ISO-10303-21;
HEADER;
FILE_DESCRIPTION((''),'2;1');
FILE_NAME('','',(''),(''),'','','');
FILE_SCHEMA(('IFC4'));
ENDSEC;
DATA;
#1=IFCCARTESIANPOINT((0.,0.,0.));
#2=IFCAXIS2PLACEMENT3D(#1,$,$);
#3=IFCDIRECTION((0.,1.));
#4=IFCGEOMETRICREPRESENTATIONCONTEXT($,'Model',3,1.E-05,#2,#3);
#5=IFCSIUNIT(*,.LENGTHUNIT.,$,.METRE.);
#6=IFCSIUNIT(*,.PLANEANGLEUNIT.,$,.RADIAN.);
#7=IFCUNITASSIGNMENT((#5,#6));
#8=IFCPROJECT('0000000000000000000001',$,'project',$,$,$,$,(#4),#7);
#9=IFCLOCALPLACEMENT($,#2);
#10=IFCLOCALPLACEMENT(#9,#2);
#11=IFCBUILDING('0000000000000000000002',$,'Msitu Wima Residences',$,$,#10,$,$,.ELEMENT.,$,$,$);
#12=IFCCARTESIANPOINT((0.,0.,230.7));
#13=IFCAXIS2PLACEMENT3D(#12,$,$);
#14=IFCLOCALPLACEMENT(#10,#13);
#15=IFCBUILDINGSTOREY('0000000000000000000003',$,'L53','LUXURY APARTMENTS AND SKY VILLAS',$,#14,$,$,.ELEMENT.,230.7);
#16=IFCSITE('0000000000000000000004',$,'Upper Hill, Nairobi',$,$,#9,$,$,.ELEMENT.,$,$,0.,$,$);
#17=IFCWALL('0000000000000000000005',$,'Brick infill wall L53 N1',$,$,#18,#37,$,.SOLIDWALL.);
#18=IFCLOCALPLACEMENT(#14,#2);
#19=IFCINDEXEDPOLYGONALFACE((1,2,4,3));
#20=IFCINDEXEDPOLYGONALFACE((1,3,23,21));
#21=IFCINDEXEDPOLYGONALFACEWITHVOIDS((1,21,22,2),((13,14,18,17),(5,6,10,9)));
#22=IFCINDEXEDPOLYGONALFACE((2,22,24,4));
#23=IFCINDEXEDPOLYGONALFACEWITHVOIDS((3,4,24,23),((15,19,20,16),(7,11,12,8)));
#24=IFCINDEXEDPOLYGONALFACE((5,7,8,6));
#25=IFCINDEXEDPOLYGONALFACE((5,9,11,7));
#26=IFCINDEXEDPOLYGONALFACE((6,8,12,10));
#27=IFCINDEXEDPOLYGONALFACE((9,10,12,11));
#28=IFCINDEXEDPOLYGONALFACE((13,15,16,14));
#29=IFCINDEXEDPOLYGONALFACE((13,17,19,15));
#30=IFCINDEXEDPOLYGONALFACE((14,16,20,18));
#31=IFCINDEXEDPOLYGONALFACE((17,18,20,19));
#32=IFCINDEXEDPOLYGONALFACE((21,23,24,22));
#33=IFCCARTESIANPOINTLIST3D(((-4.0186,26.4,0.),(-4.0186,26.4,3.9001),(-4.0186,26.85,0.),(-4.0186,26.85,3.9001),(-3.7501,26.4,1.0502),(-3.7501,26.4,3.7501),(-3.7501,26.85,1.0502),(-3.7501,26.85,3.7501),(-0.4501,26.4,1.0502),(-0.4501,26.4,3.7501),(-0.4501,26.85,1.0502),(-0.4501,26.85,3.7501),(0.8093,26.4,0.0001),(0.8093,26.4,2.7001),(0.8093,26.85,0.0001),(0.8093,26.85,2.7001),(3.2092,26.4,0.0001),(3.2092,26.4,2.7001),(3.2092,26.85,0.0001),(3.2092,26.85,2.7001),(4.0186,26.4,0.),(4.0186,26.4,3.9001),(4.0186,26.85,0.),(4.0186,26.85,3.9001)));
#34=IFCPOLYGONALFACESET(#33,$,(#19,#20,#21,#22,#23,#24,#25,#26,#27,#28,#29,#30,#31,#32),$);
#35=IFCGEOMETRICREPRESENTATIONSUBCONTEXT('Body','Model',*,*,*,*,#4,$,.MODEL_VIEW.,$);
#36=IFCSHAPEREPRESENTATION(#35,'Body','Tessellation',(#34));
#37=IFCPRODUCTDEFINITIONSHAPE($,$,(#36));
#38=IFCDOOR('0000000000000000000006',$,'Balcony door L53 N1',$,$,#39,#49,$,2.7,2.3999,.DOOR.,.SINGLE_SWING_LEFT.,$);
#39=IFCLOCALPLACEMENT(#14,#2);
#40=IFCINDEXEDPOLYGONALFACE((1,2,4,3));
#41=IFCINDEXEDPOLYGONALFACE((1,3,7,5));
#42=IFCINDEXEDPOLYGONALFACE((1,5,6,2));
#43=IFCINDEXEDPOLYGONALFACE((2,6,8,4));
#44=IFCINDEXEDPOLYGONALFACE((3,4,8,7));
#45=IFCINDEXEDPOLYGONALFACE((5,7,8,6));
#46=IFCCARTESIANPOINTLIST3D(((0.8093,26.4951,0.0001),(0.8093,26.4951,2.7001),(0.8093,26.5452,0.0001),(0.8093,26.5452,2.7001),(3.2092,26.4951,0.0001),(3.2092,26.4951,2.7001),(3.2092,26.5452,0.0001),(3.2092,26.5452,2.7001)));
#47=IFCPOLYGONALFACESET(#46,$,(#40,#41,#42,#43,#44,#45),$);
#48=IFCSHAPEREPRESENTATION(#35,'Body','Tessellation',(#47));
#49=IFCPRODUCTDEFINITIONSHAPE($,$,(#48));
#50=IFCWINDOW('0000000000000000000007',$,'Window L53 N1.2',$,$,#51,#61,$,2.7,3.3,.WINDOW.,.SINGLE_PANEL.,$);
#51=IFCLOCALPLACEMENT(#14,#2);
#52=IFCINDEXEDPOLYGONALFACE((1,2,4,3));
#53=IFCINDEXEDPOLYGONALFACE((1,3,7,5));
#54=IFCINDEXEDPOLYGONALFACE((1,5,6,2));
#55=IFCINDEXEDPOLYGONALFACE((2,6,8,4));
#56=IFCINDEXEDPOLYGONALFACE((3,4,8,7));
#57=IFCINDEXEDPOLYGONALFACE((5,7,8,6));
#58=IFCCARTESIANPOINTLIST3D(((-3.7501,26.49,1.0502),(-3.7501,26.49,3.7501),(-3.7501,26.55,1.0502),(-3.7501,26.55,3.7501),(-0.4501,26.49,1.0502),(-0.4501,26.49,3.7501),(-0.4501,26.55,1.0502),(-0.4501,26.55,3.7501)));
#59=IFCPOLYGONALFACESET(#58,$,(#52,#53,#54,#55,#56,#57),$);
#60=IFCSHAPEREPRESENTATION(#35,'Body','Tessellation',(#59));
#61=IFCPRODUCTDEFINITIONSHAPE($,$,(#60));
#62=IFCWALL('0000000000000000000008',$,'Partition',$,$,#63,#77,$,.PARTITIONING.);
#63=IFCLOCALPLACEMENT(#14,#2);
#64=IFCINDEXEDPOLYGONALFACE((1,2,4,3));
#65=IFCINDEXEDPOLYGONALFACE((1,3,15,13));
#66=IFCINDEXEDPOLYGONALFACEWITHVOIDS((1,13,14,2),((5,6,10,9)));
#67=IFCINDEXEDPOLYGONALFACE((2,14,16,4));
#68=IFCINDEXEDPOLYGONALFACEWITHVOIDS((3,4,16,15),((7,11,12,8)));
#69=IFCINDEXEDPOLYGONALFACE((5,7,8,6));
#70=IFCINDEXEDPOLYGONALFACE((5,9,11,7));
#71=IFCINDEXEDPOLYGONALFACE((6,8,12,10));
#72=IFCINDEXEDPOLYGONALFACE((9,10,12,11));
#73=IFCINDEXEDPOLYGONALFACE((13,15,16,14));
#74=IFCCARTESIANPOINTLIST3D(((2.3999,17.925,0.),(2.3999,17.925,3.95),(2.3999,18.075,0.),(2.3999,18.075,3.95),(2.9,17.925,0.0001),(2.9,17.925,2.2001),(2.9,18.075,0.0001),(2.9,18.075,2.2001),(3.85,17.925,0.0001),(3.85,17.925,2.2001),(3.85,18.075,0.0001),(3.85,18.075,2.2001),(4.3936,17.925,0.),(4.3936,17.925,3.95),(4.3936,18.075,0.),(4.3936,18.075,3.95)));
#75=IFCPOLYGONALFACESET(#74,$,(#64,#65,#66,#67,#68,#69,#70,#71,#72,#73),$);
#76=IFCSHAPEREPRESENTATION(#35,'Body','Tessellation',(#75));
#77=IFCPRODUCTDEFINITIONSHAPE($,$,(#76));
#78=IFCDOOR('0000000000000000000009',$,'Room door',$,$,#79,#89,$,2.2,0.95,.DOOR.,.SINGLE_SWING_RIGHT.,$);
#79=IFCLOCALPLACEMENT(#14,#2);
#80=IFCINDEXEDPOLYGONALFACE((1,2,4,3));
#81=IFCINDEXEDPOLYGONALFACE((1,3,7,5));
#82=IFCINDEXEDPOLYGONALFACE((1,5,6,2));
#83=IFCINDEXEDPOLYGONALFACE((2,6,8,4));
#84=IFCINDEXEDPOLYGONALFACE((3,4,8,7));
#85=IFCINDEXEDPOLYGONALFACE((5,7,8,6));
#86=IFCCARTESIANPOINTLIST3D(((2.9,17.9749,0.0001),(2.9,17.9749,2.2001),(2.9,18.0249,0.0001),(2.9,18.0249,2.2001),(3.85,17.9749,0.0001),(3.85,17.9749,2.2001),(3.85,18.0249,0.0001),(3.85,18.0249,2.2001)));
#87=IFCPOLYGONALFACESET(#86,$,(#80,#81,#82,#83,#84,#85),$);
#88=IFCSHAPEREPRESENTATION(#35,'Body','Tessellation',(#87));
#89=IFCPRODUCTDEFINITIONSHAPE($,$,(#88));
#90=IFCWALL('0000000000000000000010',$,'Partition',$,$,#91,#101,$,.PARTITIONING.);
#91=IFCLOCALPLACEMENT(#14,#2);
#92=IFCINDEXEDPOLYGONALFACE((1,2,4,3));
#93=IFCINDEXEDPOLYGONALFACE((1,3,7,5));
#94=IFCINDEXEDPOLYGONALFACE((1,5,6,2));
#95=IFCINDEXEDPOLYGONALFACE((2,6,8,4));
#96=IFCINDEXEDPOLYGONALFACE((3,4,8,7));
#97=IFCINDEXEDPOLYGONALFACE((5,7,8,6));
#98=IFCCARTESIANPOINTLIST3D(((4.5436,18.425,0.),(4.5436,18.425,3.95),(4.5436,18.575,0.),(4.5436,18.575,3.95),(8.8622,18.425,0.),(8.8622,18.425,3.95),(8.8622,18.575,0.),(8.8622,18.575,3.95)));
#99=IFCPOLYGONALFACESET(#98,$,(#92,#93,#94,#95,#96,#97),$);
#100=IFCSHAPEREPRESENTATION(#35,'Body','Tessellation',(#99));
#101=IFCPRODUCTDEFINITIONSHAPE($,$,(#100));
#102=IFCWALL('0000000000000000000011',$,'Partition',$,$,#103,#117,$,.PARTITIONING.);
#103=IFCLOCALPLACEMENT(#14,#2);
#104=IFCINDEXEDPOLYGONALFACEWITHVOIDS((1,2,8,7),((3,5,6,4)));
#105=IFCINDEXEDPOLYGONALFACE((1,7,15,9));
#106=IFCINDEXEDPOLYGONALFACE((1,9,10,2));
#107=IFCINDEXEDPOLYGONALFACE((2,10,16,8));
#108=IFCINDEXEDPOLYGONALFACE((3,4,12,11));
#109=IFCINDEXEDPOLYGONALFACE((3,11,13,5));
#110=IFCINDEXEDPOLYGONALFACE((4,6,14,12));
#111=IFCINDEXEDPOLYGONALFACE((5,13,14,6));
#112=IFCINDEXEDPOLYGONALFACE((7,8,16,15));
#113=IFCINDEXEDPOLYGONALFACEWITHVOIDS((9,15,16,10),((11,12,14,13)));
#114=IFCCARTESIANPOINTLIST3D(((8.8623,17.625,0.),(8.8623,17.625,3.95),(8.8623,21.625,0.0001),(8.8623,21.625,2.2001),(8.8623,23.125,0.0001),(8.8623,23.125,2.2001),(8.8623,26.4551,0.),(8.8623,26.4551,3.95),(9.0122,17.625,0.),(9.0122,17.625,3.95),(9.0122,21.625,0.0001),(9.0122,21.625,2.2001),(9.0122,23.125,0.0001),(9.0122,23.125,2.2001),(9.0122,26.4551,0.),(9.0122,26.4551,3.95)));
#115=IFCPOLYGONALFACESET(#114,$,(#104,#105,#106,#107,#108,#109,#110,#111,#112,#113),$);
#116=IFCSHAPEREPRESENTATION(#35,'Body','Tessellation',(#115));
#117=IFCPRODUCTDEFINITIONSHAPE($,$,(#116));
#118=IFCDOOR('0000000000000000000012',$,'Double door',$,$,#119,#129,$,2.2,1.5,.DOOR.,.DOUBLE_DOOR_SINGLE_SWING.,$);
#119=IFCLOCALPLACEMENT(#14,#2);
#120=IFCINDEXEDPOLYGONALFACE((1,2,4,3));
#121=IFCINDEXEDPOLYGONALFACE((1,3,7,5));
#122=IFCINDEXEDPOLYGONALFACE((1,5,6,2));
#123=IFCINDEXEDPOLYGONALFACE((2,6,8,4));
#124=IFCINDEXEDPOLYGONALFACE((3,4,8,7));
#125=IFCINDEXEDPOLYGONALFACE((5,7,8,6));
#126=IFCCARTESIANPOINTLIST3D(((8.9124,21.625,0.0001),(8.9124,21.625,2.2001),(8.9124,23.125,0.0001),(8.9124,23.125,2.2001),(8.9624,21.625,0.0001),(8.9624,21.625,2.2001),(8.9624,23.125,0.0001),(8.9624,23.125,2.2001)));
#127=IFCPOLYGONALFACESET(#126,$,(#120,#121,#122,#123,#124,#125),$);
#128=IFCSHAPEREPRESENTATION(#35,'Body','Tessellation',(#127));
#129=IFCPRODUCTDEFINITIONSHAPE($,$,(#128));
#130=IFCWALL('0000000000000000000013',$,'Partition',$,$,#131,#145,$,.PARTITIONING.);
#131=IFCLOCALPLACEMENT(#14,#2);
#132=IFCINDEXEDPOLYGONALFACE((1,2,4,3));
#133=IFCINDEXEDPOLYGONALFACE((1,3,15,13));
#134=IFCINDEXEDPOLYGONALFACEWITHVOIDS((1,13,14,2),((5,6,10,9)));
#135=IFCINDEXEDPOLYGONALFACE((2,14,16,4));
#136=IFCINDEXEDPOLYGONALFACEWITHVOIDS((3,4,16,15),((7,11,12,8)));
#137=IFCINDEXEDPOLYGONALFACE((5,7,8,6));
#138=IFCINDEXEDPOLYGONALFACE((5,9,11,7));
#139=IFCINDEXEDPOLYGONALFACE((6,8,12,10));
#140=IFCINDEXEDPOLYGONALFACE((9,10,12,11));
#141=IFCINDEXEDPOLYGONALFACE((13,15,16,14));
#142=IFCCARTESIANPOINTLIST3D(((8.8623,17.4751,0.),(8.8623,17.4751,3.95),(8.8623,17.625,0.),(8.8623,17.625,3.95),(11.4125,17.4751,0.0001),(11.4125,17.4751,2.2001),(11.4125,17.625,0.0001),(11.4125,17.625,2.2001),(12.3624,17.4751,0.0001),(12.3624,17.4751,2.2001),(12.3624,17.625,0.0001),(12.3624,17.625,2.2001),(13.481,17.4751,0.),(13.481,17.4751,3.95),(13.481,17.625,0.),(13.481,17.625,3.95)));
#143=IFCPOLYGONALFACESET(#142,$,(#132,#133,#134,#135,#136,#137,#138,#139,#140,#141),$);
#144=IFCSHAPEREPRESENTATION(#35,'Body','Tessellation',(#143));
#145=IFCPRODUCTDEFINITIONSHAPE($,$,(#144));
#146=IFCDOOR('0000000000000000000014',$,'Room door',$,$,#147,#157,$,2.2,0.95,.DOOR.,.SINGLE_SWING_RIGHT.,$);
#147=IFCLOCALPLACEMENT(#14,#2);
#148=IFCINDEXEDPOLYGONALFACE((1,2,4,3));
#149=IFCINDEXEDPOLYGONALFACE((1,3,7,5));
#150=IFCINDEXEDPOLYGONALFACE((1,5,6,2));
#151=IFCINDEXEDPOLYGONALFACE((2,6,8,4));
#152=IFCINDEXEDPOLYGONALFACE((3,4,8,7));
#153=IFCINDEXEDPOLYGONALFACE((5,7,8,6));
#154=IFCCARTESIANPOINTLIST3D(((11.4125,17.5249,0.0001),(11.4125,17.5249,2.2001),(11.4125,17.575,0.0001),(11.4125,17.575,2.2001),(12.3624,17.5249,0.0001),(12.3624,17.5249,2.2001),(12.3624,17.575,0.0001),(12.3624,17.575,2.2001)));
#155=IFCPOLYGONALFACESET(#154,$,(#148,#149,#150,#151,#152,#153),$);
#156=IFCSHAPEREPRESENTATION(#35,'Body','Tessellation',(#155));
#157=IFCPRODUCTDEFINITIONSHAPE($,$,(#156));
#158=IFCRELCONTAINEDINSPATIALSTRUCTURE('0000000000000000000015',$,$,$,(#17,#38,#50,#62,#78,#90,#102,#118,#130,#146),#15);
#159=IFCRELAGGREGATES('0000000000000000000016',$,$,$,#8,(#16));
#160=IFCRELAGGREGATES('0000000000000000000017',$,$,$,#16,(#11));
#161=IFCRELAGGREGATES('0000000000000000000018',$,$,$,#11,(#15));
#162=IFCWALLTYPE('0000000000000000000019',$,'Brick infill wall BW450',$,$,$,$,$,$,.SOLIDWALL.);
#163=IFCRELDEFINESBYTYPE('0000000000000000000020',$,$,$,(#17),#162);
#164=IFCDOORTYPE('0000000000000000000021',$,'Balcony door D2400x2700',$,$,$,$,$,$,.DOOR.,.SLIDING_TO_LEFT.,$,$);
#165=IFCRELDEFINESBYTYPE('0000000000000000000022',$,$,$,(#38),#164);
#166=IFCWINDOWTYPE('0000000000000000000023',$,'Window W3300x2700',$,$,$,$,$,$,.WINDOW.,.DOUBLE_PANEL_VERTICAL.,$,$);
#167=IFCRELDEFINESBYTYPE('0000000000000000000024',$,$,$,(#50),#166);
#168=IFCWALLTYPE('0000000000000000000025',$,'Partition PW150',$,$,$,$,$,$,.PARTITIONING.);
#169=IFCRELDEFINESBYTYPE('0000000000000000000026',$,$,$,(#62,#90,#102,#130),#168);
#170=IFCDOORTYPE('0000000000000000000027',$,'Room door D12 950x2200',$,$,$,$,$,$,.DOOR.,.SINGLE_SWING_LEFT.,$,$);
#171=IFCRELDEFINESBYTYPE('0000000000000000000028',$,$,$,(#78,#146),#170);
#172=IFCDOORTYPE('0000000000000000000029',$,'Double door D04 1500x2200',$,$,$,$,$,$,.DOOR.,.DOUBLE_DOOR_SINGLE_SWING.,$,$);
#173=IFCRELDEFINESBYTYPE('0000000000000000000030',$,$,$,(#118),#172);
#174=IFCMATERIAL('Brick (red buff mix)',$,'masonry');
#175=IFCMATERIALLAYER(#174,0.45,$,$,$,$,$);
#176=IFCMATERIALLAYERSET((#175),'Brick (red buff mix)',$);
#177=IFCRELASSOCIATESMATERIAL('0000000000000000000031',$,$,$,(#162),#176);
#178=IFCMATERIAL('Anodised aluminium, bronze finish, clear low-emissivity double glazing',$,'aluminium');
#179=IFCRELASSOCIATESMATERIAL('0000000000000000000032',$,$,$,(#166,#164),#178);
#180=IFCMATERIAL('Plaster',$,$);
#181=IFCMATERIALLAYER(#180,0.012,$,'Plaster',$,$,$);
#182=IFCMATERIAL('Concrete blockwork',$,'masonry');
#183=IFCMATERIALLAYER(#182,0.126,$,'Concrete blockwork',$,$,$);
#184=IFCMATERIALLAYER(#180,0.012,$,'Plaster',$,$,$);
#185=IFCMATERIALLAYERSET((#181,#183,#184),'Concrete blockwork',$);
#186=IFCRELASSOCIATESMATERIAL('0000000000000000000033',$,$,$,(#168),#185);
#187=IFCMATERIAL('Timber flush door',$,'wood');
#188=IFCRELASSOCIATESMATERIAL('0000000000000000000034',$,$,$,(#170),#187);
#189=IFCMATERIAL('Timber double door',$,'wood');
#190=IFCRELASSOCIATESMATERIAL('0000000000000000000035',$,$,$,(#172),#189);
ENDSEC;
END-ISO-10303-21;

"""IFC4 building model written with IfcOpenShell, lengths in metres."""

from ifc_helpers import new_model, si_unit, direction, frame, frame_2d, origin, place, context, subcontext, project, spatial, rectangle, extrude, material, layer, layer_set, type_object, element, fill, save


model = new_model("IFC4")

# Units and contexts
model_context = context("Model", 3, precision=1e-05, world=origin(), true_north=direction((0.0, 1.0)))
body_context = subcontext(model_context, "Body", "Model", "MODEL_VIEW")
ifc_project = project(units=[si_unit("LENGTHUNIT", "METRE"), si_unit("PLANEANGLEUNIT", "RADIAN")], contexts=[model_context])

# Site, building, storey
site_placement = place(None, origin())
site = spatial("IfcSite", under=ifc_project, at=site_placement, Name="Upper Hill, Nairobi", CompositionType="ELEMENT", RefElevation=0.0)
building_placement = place(site_placement, origin())
building = spatial("IfcBuilding", under=site, at=building_placement, Name="Msitu Wima Residences", CompositionType="ELEMENT")
storey_placement = place(building_placement, frame((0.0, 0.0, 230.7)))
storey = spatial("IfcBuildingStorey", under=building, at=storey_placement, Name="L53", Description="LUXURY APARTMENTS AND SKY VILLAS", CompositionType="ELEMENT", Elevation=230.7)

# Shared definitions
ifc_material_1 = material(Name="Brick (red buff mix)", Category="masonry")
ifc_layer_1 = layer(ifc_material_1, 0.45)
ifc_layer_set_1 = layer_set([ifc_layer_1], Name="Brick (red buff mix)")
wall_type_1 = type_object("IfcWallType", Name="Brick infill wall BW450", PredefinedType="SOLIDWALL", material=ifc_layer_set_1)
ifc_material_2 = material(Name="Anodised aluminium, bronze finish, clear low-emissivity double glazing", Category="aluminium")
window_type = type_object("IfcWindowType", Name="Window W3300x2700", PartitioningType="DOUBLE_PANEL_VERTICAL", PredefinedType="WINDOW", material=ifc_material_2)

# Wall, openings, door, window
wall_1_placement = place(storey_placement, frame((4.0186, 26.625, 0.0), z_axis=(0.0, 0.0, 1.0), x_axis=(-1.0, 0.0, 0.0)))
wall_1 = element("IfcWall", 1, at=wall_1_placement, inside=storey, type_object=wall_type_1, Name="Brick infill wall L53 N1", PredefinedType="SOLIDWALL", context=body_context, shape_type="SweptSolid", body=[
    extrude(rectangle(XDim=8.0371, YDim=0.45, at=frame_2d((4.0186, 0.0))), origin(), (0.0, 0.0, 1.0), 3.9001),
])
opening_1_placement = place(wall_1_placement, frame((0.8093, 0.0, 0.0)))
opening_1 = element("IfcOpeningElement", 2, at=opening_1_placement, cuts=wall_1, PredefinedType="OPENING", context=body_context, shape_type="SweptSolid", body=[
    extrude(rectangle(XDim=2.3999, YDim=2.7, at=frame_2d((1.2, 1.3501))), frame((0.0, 0.2349, 0.0), z_axis=(0.0, -1.0, 0.0), x_axis=(1.0, 0.0, 0.0)), (0.0, 0.0, 1.0), 0.47),
])
opening_2_placement = place(wall_1_placement, frame((4.4688, 0.0, 1.05)))
opening_2 = element("IfcOpeningElement", 3, at=opening_2_placement, cuts=wall_1, PredefinedType="OPENING", context=body_context, shape_type="SweptSolid", body=[
    extrude(rectangle(XDim=3.3, YDim=2.7, at=frame_2d((1.6499, 1.3501))), frame((0.0, 0.2349, 0.0), z_axis=(0.0, -1.0, 0.0), x_axis=(1.0, 0.0, 0.0)), (0.0, 0.0, 1.0), 0.47),
])
door_type_1 = type_object("IfcDoorType", Name="Balcony door D2400x2700", OperationType="SLIDING_TO_LEFT", PredefinedType="DOOR", material=ifc_material_2)
door_1_placement = place(opening_1_placement, origin())
door_1 = element("IfcDoor", 4, at=door_1_placement, inside=storey, type_object=door_type_1, Name="Balcony door L53 N1", OperationType="SINGLE_SWING_LEFT", OverallHeight=2.7, OverallWidth=2.3999, PredefinedType="DOOR", context=body_context, shape_type="SweptSolid", body=[
    extrude(rectangle(XDim=2.3999, YDim=2.7, at=frame_2d((1.2, 1.3501))), frame((0.0, 0.1299, 0.0), z_axis=(0.0, -1.0, 0.0), x_axis=(1.0, 0.0, 0.0)), (0.0, 0.0, 1.0), 0.05),
])
fill(opening_1, door_1)
window_1_placement = place(opening_2_placement, origin())
window_1 = element("IfcWindow", 5, at=window_1_placement, inside=storey, type_object=window_type, Name="Window L53 N1.2", OverallHeight=2.7, OverallWidth=3.3, PartitioningType="SINGLE_PANEL", PredefinedType="WINDOW", context=body_context, shape_type="SweptSolid", body=[
    extrude(rectangle(XDim=3.3, YDim=2.7, at=frame_2d((1.6499, 1.3501))), frame((0.0, 0.135, 0.0), z_axis=(0.0, -1.0, 0.0), x_axis=(1.0, 0.0, 0.0)), (0.0, 0.0, 1.0), 0.0601),
])
fill(opening_2, window_1)

# Wall, opening, door
ifc_material_3 = material(Name="Plaster")
ifc_layer_2 = layer(ifc_material_3, 0.012, Name="Plaster")
ifc_material_4 = material(Name="Concrete blockwork", Category="masonry")
ifc_layer_3 = layer(ifc_material_4, 0.126, Name="Concrete blockwork")
ifc_layer_4 = layer(ifc_material_3, 0.012, Name="Plaster")
ifc_layer_set_2 = layer_set([ifc_layer_2, ifc_layer_3, ifc_layer_4], Name="Concrete blockwork")
wall_type_2 = type_object("IfcWallType", Name="Partition PW150", PredefinedType="PARTITIONING", material=ifc_layer_set_2)
wall_2_placement = place(storey_placement, frame((2.3999, 18.0, 0.0), z_axis=(0.0, 0.0, 1.0), x_axis=(1.0, 0.0, 0.0)))
wall_2 = element("IfcWall", 6, at=wall_2_placement, inside=storey, type_object=wall_type_2, Name="Partition", PredefinedType="PARTITIONING", context=body_context, shape_type="SweptSolid", body=[
    extrude(rectangle(XDim=1.9937, YDim=0.1499, at=frame_2d((0.9968, 0.0))), origin(), (0.0, 0.0, 1.0), 3.95),
])
opening_3_placement = place(wall_2_placement, frame((0.5, 0.0, 0.0)))
opening_3 = element("IfcOpeningElement", 7, at=opening_3_placement, cuts=wall_2, PredefinedType="OPENING", context=body_context, shape_type="SweptSolid", body=[
    extrude(rectangle(XDim=0.95, YDim=2.2, at=frame_2d((0.4751, 1.1001))), frame((0.0, 0.085, 0.0), z_axis=(0.0, -1.0, 0.0), x_axis=(1.0, 0.0, 0.0)), (0.0, 0.0, 1.0), 0.1699),
])
ifc_material_5 = material(Name="Timber flush door", Category="wood")
door_type_2 = type_object("IfcDoorType", Name="Room door D12 950x2200", OperationType="SINGLE_SWING_LEFT", PredefinedType="DOOR", material=ifc_material_5)
door_2_placement = place(opening_3_placement, origin())
door_2 = element("IfcDoor", 8, at=door_2_placement, inside=storey, type_object=door_type_2, Name="Room door", OperationType="SINGLE_SWING_RIGHT", OverallHeight=2.2, OverallWidth=0.95, PredefinedType="DOOR", context=body_context, shape_type="SweptSolid", body=[
    extrude(rectangle(XDim=0.95, YDim=2.2, at=frame_2d((0.4751, 1.1001))), frame((0.0, 0.0249, 0.0), z_axis=(0.0, -1.0, 0.0), x_axis=(1.0, 0.0, 0.0)), (0.0, 0.0, 1.0), 0.05),
])
fill(opening_3, door_2)

# Wall
wall_3_placement = place(storey_placement, frame((4.5437, 18.5, 0.0), z_axis=(0.0, 0.0, 1.0), x_axis=(1.0, 0.0, 0.0)))
element("IfcWall", 9, at=wall_3_placement, inside=storey, type_object=wall_type_2, Name="Partition", PredefinedType="PARTITIONING", context=body_context, shape_type="SweptSolid", body=[
    extrude(rectangle(XDim=4.3186, YDim=0.1499, at=frame_2d((2.1592, 0.0))), origin(), (0.0, 0.0, 1.0), 3.95),
])

# Walls, openings, doors
wall_4_placement = place(storey_placement, frame((8.9373, 17.625, 0.0), z_axis=(0.0, 0.0, 1.0), x_axis=(0.0, 1.0, 0.0)))
wall_4 = element("IfcWall", 10, at=wall_4_placement, inside=storey, type_object=wall_type_2, Name="Partition", PredefinedType="PARTITIONING", context=body_context, shape_type="SweptSolid", body=[
    extrude(rectangle(XDim=8.8301, YDim=0.1499, at=frame_2d((4.415, 0.0))), origin(), (0.0, 0.0, 1.0), 3.95),
])
opening_4_placement = place(wall_4_placement, frame((4.0, 0.0, 0.0)))
opening_4 = element("IfcOpeningElement", 11, at=opening_4_placement, cuts=wall_4, PredefinedType="OPENING", context=body_context, shape_type="SweptSolid", body=[
    extrude(rectangle(XDim=1.5, YDim=2.2, at=frame_2d((0.75, 1.1001))), frame((0.0, 0.085, 0.0), z_axis=(0.0, -1.0, 0.0), x_axis=(1.0, 0.0, 0.0)), (0.0, 0.0, 1.0), 0.1699),
])
ifc_material_6 = material(Name="Timber double door", Category="wood")
door_type_3 = type_object("IfcDoorType", Name="Double door D04 1500x2200", OperationType="DOUBLE_DOOR_SINGLE_SWING", PredefinedType="DOOR", material=ifc_material_6)
door_3_placement = place(opening_4_placement, origin())
door_3 = element("IfcDoor", 12, at=door_3_placement, inside=storey, type_object=door_type_3, Name="Double door", OperationType="DOUBLE_DOOR_SINGLE_SWING", OverallHeight=2.2, OverallWidth=1.5, PredefinedType="DOOR", context=body_context, shape_type="SweptSolid", body=[
    extrude(rectangle(XDim=1.5, YDim=2.2, at=frame_2d((0.75, 1.1001))), frame((0.0, 0.0249, 0.0), z_axis=(0.0, -1.0, 0.0), x_axis=(1.0, 0.0, 0.0)), (0.0, 0.0, 1.0), 0.05),
])
fill(opening_4, door_3)
wall_5_placement = place(storey_placement, frame((8.8623, 17.55, 0.0), z_axis=(0.0, 0.0, 1.0), x_axis=(1.0, 0.0, 0.0)))
wall_5 = element("IfcWall", 13, at=wall_5_placement, inside=storey, type_object=wall_type_2, Name="Partition", PredefinedType="PARTITIONING", context=body_context, shape_type="SweptSolid", body=[
    extrude(rectangle(XDim=4.6187, YDim=0.1499, at=frame_2d((2.3093, 0.0))), origin(), (0.0, 0.0, 1.0), 3.95),
])
opening_5_placement = place(wall_5_placement, frame((2.55, 0.0, 0.0)))
opening_5 = element("IfcOpeningElement", 14, at=opening_5_placement, cuts=wall_5, PredefinedType="OPENING", context=body_context, shape_type="SweptSolid", body=[
    extrude(rectangle(XDim=0.95, YDim=2.2, at=frame_2d((0.4751, 1.1001))), frame((0.0, 0.085, 0.0), z_axis=(0.0, -1.0, 0.0), x_axis=(1.0, 0.0, 0.0)), (0.0, 0.0, 1.0), 0.1699),
])
door_4_placement = place(opening_5_placement, origin())
door_4 = element("IfcDoor", 15, at=door_4_placement, inside=storey, type_object=door_type_2, Name="Room door", OperationType="SINGLE_SWING_RIGHT", OverallHeight=2.2, OverallWidth=0.95, PredefinedType="DOOR", context=body_context, shape_type="SweptSolid", body=[
    extrude(rectangle(XDim=0.95, YDim=2.2, at=frame_2d((0.4751, 1.1001))), frame((0.0, 0.0249, 0.0), z_axis=(0.0, -1.0, 0.0), x_axis=(1.0, 0.0, 0.0)), (0.0, 0.0, 1.0), 0.05),
])
fill(opening_5, door_4)

save(model, "model.ifc")
